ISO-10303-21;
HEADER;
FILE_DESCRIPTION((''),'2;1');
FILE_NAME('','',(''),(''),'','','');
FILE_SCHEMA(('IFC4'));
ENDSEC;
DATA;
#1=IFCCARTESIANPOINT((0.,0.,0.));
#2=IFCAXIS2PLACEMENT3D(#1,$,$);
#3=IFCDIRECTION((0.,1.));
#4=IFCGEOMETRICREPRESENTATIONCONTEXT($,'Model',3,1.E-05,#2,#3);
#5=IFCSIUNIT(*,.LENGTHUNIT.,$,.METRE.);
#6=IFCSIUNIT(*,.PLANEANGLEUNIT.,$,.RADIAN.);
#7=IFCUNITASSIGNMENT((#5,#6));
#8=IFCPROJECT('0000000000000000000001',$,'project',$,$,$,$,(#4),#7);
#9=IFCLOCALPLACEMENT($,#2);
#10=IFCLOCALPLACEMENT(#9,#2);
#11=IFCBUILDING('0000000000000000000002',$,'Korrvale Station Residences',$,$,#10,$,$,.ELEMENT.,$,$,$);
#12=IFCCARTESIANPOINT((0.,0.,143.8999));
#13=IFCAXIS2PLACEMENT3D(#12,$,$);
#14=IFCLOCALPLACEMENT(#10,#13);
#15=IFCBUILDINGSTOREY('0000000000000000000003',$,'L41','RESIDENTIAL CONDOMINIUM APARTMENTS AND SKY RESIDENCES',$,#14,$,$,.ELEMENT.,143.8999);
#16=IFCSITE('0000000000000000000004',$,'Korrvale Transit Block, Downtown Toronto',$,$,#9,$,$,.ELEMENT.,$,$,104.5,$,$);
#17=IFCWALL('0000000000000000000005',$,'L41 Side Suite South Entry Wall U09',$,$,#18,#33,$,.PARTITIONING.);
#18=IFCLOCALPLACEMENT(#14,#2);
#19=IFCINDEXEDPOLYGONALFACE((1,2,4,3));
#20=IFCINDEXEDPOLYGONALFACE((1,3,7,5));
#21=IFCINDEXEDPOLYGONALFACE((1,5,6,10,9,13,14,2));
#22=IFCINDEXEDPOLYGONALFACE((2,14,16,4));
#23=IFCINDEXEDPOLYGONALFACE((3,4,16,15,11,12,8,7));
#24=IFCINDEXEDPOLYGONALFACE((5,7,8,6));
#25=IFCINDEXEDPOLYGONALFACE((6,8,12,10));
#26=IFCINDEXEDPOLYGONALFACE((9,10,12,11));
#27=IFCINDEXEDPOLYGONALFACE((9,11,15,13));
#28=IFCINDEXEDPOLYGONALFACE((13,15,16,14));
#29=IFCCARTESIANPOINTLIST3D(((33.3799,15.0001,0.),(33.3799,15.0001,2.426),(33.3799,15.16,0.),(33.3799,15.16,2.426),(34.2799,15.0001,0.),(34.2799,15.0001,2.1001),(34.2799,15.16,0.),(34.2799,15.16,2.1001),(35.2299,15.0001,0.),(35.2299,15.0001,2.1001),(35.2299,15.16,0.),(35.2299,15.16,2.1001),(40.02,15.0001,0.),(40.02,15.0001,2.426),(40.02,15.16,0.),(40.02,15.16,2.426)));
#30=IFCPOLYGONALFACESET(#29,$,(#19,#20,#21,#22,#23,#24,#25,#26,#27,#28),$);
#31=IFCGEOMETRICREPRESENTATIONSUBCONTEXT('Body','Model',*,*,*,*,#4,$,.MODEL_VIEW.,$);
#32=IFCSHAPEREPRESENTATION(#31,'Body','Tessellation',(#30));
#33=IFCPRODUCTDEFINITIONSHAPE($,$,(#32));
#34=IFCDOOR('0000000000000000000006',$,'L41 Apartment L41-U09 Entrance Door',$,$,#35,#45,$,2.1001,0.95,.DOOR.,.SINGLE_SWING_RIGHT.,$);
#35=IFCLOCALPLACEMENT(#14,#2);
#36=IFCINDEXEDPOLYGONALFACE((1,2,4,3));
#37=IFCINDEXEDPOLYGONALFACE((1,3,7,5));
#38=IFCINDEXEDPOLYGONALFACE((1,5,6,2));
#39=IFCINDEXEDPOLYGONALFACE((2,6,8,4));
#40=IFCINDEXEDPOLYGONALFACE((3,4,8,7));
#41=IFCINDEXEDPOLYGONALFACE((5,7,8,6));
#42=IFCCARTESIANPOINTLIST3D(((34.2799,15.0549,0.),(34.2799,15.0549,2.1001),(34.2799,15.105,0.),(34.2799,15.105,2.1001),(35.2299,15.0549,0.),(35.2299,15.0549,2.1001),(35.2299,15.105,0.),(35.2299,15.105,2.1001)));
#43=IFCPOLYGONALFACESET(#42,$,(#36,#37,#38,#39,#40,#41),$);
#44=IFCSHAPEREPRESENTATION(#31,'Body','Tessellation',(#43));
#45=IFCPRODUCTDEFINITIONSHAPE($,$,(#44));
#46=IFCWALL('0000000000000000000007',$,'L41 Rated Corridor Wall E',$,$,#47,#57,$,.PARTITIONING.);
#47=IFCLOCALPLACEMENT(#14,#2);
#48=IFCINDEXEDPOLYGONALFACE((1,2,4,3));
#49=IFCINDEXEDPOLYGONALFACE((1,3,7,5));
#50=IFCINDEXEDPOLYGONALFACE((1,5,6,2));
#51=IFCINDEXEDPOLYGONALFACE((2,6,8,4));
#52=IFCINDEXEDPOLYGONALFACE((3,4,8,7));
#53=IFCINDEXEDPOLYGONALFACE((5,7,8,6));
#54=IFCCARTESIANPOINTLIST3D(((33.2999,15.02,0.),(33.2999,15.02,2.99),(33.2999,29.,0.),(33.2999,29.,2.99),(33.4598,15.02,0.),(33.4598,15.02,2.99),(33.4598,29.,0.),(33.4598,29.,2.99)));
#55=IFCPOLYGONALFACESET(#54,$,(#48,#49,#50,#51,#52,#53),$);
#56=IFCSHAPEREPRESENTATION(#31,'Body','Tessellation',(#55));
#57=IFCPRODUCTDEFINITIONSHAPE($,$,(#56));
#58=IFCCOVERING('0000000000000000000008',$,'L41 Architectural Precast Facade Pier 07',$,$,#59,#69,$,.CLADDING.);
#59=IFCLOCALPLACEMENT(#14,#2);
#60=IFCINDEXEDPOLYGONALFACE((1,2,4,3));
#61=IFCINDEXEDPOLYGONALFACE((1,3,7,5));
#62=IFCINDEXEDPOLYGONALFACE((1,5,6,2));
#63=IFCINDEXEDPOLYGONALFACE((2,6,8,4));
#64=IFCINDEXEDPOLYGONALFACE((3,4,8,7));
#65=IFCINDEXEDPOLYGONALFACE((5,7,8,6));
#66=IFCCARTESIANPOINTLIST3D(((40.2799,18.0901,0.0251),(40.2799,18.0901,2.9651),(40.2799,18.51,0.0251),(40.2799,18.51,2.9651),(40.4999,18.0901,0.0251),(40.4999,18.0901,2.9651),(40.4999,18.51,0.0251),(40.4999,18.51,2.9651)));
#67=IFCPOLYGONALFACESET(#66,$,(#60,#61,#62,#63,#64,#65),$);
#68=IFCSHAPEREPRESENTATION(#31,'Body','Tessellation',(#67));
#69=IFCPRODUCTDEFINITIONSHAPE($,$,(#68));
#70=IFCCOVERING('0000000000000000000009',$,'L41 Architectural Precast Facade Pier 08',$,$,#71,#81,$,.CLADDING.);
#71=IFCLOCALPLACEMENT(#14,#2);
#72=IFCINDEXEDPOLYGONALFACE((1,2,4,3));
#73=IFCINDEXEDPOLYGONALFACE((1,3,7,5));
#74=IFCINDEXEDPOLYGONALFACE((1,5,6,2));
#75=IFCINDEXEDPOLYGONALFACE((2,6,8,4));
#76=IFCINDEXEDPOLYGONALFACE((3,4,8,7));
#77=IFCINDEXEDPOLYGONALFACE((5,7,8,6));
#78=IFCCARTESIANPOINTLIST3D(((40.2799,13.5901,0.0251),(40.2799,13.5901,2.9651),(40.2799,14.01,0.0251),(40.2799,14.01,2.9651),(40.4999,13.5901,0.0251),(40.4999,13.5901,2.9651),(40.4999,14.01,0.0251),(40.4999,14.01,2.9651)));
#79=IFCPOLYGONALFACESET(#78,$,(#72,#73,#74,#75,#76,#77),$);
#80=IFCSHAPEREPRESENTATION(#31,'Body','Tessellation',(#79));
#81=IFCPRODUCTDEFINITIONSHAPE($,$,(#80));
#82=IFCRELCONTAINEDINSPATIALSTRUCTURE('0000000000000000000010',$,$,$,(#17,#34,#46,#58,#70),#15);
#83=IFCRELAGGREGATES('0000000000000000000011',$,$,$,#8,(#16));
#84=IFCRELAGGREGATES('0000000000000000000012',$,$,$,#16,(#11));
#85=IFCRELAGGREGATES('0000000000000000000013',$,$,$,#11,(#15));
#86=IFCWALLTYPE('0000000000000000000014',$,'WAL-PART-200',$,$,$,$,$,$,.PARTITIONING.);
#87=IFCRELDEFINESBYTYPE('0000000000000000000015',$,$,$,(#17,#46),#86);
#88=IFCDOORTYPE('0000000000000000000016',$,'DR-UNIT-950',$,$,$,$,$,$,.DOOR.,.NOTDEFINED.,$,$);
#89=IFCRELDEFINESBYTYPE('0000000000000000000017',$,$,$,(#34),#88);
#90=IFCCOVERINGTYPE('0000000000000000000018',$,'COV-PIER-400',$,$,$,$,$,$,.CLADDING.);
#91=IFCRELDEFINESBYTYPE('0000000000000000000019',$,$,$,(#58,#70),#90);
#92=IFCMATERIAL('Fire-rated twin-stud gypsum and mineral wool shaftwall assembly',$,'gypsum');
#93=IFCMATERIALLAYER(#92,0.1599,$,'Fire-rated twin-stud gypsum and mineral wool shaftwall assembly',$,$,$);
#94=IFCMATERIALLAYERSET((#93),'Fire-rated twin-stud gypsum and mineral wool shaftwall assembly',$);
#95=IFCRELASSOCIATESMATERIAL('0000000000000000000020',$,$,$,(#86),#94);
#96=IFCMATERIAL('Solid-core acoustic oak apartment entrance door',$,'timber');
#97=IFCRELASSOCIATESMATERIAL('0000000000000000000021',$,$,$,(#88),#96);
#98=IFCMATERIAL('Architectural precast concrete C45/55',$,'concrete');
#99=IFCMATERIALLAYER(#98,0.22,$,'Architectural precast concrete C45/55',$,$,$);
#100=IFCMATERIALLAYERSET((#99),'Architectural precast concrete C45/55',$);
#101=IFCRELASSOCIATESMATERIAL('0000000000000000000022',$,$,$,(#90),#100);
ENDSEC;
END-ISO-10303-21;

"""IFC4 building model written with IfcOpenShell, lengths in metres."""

from ifc_helpers import new_model, si_unit, direction, frame, frame_2d, origin, origin_2d, place, context, subcontext, project, spatial, rectangle, extrude, material, layer, layer_set, type_object, element, fill, save


model = new_model("IFC4")

# Units and contexts
model_context = context("Model", 3, precision=1e-05, world=origin(), true_north=direction((0.0, 1.0)))
body_context = subcontext(model_context, "Body", "Model", "MODEL_VIEW")
ifc_project = project(units=[si_unit("LENGTHUNIT", "METRE"), si_unit("PLANEANGLEUNIT", "RADIAN")], contexts=[model_context])

# Site, building, storey
site_placement = place(None, origin())
site = spatial("IfcSite", under=ifc_project, at=site_placement, Name="Korrvale Transit Block, Downtown Toronto", CompositionType="ELEMENT", RefElevation=104.5)
building_placement = place(site_placement, origin())
building = spatial("IfcBuilding", under=site, at=building_placement, Name="Korrvale Station Residences", CompositionType="ELEMENT")
storey_placement = place(building_placement, frame((0.0, 0.0, 143.8999)))
storey = spatial("IfcBuildingStorey", under=building, at=storey_placement, Name="L41", Description="RESIDENTIAL CONDOMINIUM APARTMENTS AND SKY RESIDENCES", CompositionType="ELEMENT", Elevation=143.8999)

# Shared definitions
ifc_material_1 = material(Name="Fire-rated twin-stud gypsum and mineral wool shaftwall assembly", Category="gypsum")
ifc_layer_1 = layer(ifc_material_1, 0.1599, Name="Fire-rated twin-stud gypsum and mineral wool shaftwall assembly")
ifc_layer_set_1 = layer_set([ifc_layer_1], Name="Fire-rated twin-stud gypsum and mineral wool shaftwall assembly")
wall_type_1 = type_object("IfcWallType", Name="WAL-PART-200", PredefinedType="PARTITIONING", material=ifc_layer_set_1)

# Wall, opening, door
wall_1_placement = place(storey_placement, frame((33.3799, 15.0801, 0.0), z_axis=(0.0, 0.0, 1.0), x_axis=(1.0, 0.0, 0.0)))
wall_1 = element("IfcWall", 1, at=wall_1_placement, inside=storey, type_object=wall_type_1, Name="L41 Side Suite South Entry Wall U09", PredefinedType="PARTITIONING", context=body_context, shape_type="SweptSolid", body=[
    extrude(rectangle(XDim=6.6401, YDim=0.1599, at=frame_2d((3.3201, 0.0))), origin(), (0.0, 0.0, 1.0), 2.426),
])
opening_1_placement = place(wall_1_placement, frame((0.8999, 0.0, 0.0)))
opening_1 = element("IfcOpeningElement", 2, at=opening_1_placement, cuts=wall_1, PredefinedType="OPENING", context=body_context, shape_type="SweptSolid", body=[
    extrude(rectangle(XDim=0.95, YDim=2.1001, at=frame_2d((0.4751, 1.05))), frame((0.0, 0.0898, 0.0), z_axis=(0.0, -1.0, 0.0), x_axis=(1.0, 0.0, 0.0)), (0.0, 0.0, 1.0), 0.1799),
])
ifc_material_2 = material(Name="Solid-core acoustic oak apartment entrance door", Category="timber")
door_type_1 = type_object("IfcDoorType", Name="DR-UNIT-950", OperationType="NOTDEFINED", PredefinedType="DOOR", material=ifc_material_2)
door_1_placement = place(opening_1_placement, origin())
door_1 = element("IfcDoor", 3, at=door_1_placement, inside=storey, type_object=door_type_1, Name="L41 Apartment L41-U09 Entrance Door", OperationType="SINGLE_SWING_RIGHT", OverallHeight=2.1001, OverallWidth=0.95, PredefinedType="DOOR", context=body_context, shape_type="SweptSolid", body=[
    extrude(rectangle(XDim=0.95, YDim=2.1001, at=frame_2d((0.4751, 1.05))), frame((0.0, 0.0249, 0.0), z_axis=(0.0, -1.0, 0.0), x_axis=(1.0, 0.0, 0.0)), (0.0, 0.0, 1.0), 0.05),
])
fill(opening_1, door_1)

# Wall
wall_2_placement = place(storey_placement, frame((33.3799, 15.02, 0.0), z_axis=(0.0, 0.0, 1.0), x_axis=(0.0, 1.0, 0.0)))
element("IfcWall", 4, at=wall_2_placement, inside=storey, type_object=wall_type_1, Name="L41 Rated Corridor Wall E", PredefinedType="PARTITIONING", context=body_context, shape_type="SweptSolid", body=[
    extrude(rectangle(XDim=13.98, YDim=0.1599, at=frame_2d((6.99, 0.0))), origin(), (0.0, 0.0, 1.0), 2.99),
])

# Coverings
ifc_material_3 = material(Name="Architectural precast concrete C45/55", Category="concrete")
ifc_layer_2 = layer(ifc_material_3, 0.22, Name="Architectural precast concrete C45/55")
ifc_layer_set_2 = layer_set([ifc_layer_2], Name="Architectural precast concrete C45/55")
covering_type = type_object("IfcCoveringType", Name="COV-PIER-400", PredefinedType="CLADDING", material=ifc_layer_set_2)
for number, where, z_axis, x_axis, name in (
    (5, (40.3899, 18.3, 0.0251), (0.0, 0.0, 1.0), (0.0, 1.0, 0.0), "L41 Architectural Precast Facade Pier 07"),
    (6, (40.3899, 13.8, 0.0251), (0.0, 0.0, 1.0), (0.0, 1.0, 0.0), "L41 Architectural Precast Facade Pier 08"),
):
    element("IfcCovering", number, at=place(storey_placement, frame(where, z_axis=z_axis, x_axis=x_axis)), inside=storey, type_object=covering_type, Name=name, PredefinedType="CLADDING", context=body_context, shape_type="SweptSolid", body=[
        extrude(rectangle(XDim=0.4199, YDim=0.22, at=origin_2d()), origin(), (0.0, 0.0, 1.0), 2.9399),
    ])

save(model, "model.ifc")
